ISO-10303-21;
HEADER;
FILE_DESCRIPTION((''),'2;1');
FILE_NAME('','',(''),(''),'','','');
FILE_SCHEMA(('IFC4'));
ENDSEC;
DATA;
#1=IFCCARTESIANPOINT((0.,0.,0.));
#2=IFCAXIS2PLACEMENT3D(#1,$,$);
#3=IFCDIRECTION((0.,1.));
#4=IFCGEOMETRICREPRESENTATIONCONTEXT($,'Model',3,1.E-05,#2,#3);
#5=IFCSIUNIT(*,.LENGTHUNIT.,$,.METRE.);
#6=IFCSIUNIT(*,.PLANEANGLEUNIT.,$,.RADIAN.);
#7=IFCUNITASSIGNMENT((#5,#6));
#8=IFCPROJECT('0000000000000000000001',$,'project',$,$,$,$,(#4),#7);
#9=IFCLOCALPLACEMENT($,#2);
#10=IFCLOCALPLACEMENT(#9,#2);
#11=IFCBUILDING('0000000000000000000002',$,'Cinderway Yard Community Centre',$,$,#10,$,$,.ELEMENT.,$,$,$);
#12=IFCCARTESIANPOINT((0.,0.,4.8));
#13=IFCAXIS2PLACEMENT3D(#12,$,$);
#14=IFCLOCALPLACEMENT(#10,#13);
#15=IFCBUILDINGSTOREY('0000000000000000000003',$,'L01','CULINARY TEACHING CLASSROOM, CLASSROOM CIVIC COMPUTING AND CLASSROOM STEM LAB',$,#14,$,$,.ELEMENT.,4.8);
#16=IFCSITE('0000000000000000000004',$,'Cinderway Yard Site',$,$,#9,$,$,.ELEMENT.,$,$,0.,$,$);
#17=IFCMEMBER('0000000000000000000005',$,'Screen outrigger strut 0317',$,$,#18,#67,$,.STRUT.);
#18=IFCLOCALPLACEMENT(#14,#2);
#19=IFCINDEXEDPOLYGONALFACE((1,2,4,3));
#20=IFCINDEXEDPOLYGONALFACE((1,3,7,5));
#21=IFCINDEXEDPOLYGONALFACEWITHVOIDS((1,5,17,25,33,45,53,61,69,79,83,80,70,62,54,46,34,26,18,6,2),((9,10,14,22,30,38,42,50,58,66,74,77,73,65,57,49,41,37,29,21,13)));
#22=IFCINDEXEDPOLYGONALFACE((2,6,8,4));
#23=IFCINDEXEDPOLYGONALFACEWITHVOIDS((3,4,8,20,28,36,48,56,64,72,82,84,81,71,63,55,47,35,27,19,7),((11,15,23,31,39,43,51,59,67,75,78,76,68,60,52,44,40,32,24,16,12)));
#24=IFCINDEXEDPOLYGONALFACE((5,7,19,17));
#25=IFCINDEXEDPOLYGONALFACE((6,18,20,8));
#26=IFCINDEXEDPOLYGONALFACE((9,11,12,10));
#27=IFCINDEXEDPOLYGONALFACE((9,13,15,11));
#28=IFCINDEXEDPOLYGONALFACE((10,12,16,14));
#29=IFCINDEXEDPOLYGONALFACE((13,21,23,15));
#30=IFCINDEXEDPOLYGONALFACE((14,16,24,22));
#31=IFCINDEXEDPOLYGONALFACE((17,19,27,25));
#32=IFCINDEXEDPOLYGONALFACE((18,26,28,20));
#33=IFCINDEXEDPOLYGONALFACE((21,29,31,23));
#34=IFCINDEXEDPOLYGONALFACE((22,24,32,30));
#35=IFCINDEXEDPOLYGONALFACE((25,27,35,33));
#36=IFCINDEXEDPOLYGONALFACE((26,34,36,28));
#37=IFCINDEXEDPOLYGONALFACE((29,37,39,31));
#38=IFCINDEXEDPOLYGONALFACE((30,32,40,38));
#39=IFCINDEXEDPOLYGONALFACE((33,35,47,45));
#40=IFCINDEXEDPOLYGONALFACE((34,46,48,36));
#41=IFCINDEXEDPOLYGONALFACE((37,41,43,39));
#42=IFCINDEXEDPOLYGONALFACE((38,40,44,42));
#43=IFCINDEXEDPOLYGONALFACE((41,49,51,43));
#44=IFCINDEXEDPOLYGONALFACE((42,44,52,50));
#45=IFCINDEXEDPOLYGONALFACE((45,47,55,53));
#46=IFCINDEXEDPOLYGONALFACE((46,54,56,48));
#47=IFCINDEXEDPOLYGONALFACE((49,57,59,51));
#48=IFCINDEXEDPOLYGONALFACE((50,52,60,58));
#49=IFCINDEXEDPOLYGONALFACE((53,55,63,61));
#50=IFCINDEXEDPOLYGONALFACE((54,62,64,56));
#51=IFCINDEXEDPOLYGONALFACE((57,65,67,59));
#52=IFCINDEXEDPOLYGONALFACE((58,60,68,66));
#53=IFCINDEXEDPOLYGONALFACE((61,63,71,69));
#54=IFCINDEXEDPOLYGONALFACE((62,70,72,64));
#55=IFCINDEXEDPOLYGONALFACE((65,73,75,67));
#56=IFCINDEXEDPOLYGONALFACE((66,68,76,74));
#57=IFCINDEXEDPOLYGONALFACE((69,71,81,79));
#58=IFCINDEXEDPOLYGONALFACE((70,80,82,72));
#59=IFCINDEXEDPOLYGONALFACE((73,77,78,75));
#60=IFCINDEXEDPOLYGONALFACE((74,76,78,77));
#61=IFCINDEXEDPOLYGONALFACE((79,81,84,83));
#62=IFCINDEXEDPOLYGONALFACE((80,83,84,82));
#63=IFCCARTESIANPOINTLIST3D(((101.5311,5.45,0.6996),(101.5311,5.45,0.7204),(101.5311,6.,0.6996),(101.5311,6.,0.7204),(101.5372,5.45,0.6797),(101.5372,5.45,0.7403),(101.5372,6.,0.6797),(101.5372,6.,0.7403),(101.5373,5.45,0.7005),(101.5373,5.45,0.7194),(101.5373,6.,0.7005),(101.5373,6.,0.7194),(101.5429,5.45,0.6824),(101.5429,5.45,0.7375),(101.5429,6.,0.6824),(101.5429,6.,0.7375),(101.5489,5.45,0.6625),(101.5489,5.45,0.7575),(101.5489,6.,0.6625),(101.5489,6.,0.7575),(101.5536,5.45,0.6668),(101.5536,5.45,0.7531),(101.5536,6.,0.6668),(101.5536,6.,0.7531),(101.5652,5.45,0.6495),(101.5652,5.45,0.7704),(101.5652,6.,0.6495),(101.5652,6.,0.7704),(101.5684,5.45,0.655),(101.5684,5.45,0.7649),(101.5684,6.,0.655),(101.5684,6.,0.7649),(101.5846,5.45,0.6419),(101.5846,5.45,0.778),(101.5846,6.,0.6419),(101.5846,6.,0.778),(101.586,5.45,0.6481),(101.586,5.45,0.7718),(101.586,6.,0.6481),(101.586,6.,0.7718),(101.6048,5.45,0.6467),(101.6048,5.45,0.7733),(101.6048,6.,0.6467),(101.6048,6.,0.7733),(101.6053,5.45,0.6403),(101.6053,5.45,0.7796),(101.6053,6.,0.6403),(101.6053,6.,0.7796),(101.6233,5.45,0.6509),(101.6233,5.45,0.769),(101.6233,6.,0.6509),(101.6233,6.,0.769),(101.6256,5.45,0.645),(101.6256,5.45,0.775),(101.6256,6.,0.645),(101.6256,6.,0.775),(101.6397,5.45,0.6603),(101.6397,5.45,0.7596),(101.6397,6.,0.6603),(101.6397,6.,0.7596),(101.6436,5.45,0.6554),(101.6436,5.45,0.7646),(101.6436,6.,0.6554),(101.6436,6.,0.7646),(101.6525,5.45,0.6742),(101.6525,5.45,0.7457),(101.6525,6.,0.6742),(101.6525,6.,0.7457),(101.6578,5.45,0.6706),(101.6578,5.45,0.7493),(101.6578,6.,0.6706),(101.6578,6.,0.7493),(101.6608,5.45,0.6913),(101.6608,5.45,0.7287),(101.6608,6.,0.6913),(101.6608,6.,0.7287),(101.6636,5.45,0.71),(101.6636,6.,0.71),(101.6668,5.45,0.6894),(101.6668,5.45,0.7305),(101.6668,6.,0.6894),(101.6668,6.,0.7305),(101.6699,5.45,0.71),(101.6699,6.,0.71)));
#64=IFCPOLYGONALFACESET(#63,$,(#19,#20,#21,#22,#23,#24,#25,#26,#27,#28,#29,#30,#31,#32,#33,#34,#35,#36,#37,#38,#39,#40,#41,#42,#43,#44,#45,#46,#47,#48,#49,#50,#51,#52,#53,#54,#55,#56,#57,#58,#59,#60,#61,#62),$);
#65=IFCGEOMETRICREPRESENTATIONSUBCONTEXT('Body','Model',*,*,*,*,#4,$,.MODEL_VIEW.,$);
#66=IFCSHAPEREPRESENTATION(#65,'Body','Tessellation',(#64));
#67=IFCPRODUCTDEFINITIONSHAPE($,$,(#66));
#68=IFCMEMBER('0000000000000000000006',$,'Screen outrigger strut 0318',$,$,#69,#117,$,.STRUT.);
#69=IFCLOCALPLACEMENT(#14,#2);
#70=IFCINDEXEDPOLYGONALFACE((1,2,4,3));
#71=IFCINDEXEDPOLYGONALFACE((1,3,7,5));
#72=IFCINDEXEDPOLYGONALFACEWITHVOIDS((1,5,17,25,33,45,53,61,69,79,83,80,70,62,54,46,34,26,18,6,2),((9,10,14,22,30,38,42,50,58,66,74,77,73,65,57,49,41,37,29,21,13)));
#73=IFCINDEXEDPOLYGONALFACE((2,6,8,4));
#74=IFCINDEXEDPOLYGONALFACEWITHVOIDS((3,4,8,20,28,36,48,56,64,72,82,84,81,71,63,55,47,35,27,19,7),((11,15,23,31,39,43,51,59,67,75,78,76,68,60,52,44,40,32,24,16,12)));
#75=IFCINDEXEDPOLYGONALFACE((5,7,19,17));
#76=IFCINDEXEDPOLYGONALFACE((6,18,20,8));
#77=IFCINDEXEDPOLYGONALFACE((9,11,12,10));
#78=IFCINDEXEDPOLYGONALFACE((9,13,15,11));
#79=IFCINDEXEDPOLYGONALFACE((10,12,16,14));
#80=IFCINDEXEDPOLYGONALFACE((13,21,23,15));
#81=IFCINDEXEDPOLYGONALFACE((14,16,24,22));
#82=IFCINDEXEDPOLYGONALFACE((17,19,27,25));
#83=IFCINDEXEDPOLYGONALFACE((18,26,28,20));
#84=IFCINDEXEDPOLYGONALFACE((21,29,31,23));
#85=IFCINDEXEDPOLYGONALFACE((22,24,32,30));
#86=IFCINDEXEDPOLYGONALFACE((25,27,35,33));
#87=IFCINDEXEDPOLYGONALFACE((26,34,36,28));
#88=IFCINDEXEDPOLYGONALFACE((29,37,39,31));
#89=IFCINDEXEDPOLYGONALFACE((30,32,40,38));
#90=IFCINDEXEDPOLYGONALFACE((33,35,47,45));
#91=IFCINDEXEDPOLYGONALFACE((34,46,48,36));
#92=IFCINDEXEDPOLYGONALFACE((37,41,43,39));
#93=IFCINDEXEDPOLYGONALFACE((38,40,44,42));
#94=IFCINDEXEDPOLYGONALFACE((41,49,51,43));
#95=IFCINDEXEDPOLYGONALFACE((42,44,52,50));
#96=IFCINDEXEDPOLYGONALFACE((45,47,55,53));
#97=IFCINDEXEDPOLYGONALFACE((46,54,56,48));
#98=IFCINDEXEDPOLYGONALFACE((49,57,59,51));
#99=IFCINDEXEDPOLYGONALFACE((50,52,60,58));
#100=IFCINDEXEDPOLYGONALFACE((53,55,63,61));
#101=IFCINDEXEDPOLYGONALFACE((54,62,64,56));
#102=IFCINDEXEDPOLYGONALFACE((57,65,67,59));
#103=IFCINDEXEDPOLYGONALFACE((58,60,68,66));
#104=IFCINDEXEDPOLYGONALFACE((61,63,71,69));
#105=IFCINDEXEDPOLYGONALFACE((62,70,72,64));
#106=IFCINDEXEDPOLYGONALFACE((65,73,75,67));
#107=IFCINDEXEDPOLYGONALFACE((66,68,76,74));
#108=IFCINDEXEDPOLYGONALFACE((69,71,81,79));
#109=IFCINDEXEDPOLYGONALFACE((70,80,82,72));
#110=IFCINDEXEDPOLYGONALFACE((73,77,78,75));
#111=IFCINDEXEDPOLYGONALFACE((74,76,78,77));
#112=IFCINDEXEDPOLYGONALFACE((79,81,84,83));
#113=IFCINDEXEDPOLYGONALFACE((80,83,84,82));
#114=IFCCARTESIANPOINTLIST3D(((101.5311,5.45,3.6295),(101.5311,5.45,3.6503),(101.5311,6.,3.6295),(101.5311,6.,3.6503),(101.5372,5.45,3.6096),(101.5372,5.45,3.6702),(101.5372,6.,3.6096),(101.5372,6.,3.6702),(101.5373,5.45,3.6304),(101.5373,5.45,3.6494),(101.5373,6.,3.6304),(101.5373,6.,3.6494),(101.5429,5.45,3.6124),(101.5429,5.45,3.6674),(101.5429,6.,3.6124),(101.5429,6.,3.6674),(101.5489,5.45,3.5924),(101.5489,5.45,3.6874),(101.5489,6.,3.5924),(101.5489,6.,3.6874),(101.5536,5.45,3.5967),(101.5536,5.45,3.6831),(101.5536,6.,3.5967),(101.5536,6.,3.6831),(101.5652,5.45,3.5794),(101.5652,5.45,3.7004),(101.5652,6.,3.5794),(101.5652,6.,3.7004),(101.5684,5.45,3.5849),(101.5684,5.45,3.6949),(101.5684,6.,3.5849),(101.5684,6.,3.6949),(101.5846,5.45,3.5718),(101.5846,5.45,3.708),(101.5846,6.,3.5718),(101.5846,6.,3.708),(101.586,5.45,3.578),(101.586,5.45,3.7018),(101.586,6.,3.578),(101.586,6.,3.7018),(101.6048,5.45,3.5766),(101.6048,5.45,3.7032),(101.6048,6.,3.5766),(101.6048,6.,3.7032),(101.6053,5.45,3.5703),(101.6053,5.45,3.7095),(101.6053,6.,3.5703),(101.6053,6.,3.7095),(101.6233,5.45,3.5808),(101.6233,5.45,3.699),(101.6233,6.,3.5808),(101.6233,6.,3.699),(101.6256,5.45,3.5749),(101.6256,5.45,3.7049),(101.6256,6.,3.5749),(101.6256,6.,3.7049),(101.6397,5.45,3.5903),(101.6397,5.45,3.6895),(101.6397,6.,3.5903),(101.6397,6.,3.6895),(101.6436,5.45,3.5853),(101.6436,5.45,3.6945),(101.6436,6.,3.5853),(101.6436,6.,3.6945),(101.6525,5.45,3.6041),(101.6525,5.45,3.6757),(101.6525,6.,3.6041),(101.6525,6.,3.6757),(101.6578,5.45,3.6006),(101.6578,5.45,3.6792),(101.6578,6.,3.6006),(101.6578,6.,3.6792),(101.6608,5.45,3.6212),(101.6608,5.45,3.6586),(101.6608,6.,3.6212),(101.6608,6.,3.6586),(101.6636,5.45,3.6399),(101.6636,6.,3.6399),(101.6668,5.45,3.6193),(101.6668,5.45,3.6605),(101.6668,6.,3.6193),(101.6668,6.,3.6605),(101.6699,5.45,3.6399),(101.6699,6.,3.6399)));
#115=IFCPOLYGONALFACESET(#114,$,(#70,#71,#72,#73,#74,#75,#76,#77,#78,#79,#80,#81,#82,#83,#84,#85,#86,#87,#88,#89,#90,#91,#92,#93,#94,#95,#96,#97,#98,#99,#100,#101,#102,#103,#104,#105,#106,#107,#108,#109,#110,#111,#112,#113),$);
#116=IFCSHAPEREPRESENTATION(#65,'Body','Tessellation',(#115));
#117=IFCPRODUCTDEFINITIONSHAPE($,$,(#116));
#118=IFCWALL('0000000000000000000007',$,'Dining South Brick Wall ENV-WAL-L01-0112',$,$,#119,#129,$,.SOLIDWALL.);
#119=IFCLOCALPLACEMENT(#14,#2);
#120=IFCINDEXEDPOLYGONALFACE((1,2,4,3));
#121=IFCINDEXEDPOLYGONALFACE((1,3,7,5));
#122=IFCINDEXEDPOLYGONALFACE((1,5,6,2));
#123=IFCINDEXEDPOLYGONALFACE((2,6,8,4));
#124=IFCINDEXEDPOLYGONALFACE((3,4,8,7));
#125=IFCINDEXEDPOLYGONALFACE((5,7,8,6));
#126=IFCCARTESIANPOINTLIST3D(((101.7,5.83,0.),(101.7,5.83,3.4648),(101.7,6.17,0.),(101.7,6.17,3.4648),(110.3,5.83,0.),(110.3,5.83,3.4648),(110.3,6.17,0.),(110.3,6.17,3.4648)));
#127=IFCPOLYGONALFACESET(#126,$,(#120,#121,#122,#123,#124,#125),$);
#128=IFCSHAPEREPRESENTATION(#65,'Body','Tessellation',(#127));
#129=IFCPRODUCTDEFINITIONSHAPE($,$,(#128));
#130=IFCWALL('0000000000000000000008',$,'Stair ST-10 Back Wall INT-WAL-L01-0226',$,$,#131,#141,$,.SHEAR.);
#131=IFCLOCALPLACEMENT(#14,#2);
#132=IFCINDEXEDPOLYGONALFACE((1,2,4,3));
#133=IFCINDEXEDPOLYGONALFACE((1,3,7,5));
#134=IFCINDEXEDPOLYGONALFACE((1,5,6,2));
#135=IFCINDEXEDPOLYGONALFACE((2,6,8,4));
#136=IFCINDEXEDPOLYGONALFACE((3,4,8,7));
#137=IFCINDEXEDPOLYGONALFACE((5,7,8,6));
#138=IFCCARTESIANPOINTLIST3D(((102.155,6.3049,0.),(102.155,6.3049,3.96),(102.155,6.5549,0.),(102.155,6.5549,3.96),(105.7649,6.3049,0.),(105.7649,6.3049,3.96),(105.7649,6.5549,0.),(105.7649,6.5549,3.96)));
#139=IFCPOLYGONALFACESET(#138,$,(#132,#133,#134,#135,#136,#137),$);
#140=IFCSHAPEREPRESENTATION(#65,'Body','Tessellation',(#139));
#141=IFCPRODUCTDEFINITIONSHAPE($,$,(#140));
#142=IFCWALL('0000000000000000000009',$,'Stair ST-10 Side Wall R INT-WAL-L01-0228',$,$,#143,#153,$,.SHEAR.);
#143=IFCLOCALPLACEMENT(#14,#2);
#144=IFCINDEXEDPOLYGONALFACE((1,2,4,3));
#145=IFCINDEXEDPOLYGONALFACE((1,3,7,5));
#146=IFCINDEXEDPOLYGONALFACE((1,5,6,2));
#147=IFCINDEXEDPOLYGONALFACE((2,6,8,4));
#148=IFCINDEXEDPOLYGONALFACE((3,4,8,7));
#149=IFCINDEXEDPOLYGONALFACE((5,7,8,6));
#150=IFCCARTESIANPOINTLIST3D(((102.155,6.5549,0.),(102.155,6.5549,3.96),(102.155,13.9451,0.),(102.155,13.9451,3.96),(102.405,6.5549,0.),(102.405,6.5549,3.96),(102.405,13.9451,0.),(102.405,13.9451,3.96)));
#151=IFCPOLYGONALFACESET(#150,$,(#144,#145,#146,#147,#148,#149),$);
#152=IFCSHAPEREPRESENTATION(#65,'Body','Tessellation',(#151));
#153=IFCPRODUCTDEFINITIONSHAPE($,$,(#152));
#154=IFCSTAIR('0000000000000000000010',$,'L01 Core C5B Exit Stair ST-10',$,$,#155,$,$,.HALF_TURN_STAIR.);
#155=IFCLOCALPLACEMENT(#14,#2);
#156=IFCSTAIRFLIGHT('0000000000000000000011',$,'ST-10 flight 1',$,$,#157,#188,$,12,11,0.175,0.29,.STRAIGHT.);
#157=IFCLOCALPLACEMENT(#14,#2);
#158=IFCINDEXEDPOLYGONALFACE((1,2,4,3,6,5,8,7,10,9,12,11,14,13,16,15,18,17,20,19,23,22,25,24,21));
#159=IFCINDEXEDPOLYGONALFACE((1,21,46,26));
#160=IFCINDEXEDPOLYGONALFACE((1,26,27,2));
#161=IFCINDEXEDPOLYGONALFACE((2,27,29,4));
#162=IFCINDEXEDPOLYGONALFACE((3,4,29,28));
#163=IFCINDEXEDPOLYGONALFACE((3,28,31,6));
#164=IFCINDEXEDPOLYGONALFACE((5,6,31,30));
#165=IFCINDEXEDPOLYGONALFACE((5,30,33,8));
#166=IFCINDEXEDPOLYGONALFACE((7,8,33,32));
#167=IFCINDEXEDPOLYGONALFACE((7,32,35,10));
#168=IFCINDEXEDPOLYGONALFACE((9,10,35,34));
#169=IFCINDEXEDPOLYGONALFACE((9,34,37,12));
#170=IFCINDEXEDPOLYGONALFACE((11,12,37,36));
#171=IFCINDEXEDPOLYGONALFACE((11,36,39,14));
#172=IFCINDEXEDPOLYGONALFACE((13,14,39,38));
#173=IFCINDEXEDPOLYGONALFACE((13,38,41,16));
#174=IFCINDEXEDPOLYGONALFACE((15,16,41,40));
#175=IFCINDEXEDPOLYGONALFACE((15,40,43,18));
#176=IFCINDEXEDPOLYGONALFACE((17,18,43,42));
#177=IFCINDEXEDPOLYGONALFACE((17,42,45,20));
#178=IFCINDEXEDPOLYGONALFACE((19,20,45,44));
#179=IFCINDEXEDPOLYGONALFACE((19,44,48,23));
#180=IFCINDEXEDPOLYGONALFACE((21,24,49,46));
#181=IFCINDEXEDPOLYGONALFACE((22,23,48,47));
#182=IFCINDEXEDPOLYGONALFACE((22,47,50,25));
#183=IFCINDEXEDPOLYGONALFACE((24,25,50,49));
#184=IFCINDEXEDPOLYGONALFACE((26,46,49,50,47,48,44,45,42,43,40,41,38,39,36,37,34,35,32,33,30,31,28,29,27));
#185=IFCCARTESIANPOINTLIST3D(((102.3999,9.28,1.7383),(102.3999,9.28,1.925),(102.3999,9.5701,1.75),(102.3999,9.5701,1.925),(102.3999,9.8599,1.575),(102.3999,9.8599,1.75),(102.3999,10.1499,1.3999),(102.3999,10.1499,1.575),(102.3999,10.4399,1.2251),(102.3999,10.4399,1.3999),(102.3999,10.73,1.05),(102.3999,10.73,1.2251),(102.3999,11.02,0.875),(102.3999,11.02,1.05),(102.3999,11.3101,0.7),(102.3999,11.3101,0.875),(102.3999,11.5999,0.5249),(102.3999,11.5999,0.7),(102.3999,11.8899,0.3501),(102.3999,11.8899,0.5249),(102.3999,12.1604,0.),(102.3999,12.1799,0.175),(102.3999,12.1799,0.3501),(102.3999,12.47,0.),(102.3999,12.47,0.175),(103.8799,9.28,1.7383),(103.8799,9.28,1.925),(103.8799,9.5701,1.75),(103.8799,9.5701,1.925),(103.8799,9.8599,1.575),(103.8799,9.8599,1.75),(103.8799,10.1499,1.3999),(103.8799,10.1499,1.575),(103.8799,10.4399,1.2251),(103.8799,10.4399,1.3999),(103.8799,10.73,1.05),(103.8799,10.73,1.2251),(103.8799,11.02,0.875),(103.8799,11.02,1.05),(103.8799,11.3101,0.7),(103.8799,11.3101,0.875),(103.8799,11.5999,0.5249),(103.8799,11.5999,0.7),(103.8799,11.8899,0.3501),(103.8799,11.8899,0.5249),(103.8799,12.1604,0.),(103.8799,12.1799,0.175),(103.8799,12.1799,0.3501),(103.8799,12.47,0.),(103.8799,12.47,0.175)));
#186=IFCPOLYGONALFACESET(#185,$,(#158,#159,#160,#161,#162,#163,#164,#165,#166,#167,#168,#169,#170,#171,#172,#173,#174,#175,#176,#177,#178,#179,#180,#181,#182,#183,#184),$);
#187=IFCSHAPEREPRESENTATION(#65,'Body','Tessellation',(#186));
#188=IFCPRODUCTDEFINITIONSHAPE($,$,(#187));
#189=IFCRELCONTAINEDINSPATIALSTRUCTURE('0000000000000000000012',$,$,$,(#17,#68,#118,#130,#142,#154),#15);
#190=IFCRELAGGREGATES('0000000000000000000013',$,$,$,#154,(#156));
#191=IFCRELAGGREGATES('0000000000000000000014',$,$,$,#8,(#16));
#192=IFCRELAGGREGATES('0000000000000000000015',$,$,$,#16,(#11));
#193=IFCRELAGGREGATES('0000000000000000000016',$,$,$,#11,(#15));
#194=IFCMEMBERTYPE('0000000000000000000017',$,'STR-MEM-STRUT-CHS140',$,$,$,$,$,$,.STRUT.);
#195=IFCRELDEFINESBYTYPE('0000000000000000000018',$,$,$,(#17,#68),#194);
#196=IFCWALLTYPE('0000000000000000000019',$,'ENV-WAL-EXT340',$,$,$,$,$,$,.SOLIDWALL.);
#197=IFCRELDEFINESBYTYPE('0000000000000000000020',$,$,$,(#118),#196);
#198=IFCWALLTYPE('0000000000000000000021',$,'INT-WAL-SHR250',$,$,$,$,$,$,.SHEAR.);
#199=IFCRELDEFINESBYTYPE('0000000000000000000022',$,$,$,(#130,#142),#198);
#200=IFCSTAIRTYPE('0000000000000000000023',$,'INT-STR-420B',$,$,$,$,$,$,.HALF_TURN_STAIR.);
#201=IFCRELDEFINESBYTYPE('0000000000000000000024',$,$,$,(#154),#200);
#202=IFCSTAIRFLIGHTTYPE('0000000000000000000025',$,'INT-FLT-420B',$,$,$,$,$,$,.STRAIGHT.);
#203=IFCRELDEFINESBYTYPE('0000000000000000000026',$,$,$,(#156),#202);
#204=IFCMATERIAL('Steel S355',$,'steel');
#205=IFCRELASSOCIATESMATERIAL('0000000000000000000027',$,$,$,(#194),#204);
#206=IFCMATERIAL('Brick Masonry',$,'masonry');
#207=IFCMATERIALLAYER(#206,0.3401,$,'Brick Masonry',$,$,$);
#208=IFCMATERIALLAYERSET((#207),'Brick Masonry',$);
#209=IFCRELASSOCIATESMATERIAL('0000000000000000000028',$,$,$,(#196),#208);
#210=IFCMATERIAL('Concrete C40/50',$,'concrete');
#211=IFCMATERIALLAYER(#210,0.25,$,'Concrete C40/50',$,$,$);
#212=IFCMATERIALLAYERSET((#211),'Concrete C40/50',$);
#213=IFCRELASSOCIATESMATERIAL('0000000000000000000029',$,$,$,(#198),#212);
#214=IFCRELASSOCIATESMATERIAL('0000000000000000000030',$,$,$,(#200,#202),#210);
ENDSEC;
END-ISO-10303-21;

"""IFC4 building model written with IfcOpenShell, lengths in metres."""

from ifc_helpers import new_model, si_unit, direction, frame, frame_2d, origin, origin_2d, place, context, subcontext, project, spatial, polyline, rectangle, hollow_circle, outline, extrude, material, layer, layer_set, material_profile, profile_set, type_object, element, aggregate, save


model = new_model("IFC4")

# Units and contexts
model_context = context("Model", 3, precision=1e-05, world=origin(), true_north=direction((0.0, 1.0)))
body_context = subcontext(model_context, "Body", "Model", "MODEL_VIEW")
ifc_project = project(units=[si_unit("LENGTHUNIT", "METRE"), si_unit("PLANEANGLEUNIT", "RADIAN")], contexts=[model_context])

# Site, building, storey
site_placement = place(None, origin())
site = spatial("IfcSite", under=ifc_project, at=site_placement, Name="Cinderway Yard Site", CompositionType="ELEMENT", RefElevation=0.0)
building_placement = place(site_placement, origin())
building = spatial("IfcBuilding", under=site, at=building_placement, Name="Cinderway Yard Community Centre", CompositionType="ELEMENT")
storey_placement = place(building_placement, frame((0.0, 0.0, 4.8)))
storey = spatial("IfcBuildingStorey", under=building, at=storey_placement, Name="L01", Description="CULINARY TEACHING CLASSROOM, CLASSROOM CIVIC COMPUTING AND CLASSROOM STEM LAB", CompositionType="ELEMENT", Elevation=4.8)

# Shared definitions
ifc_material_1 = material(Name="Concrete C40/50", Category="concrete")

# Shared definitions
ifc_material_2 = material(Name="Steel S355", Category="steel")

# Members
ifc_material_profile_1 = material_profile(ifc_material_2, hollow_circle(Radius=0.0698, WallThickness=0.0063, at=origin_2d()), Name="Steel S355")
ifc_profile_set_1 = profile_set([ifc_material_profile_1], Name="Steel S355")
member_type_1 = type_object("IfcMemberType", Name="STR-MEM-STRUT-CHS140", PredefinedType="STRUT", material=ifc_profile_set_1)
for number, where, z_axis, x_axis, name in (
    (1, (101.6001, 6.0, 0.71), (0.0, -1.0, 0.0), (1.0, 0.0, 0.0), "Screen outrigger strut 0317"),
    (2, (101.6001, 6.0, 3.6399), (0.0, -1.0, 0.0), (1.0, 0.0, 0.0), "Screen outrigger strut 0318"),
):
    element("IfcMember", number, at=place(storey_placement, frame(where, z_axis=z_axis, x_axis=x_axis)), inside=storey, type_object=member_type_1, Name=name, PredefinedType="STRUT", context=body_context, shape_type="SweptSolid", body=[
        extrude(hollow_circle(Radius=0.0698, WallThickness=0.0063, at=origin_2d()), origin(), (0.0, 0.0, 1.0), 0.55),
    ])

# Walls
ifc_material_3 = material(Name="Brick Masonry", Category="masonry")
ifc_layer_1 = layer(ifc_material_3, 0.3401, Name="Brick Masonry")
ifc_layer_set_1 = layer_set([ifc_layer_1], Name="Brick Masonry")
wall_type_1 = type_object("IfcWallType", Name="ENV-WAL-EXT340", PredefinedType="SOLIDWALL", material=ifc_layer_set_1)
wall_1_placement = place(storey_placement, frame((101.7, 6.0, 0.0), z_axis=(0.0, 0.0, 1.0), x_axis=(1.0, 0.0, 0.0)))
element("IfcWall", 3, at=wall_1_placement, inside=storey, type_object=wall_type_1, Name="Dining South Brick Wall ENV-WAL-L01-0112", PredefinedType="SOLIDWALL", context=body_context, shape_type="SweptSolid", body=[
    extrude(rectangle(XDim=8.6001, YDim=0.3401, at=frame_2d((4.3, 0.0))), origin(), (0.0, 0.0, 1.0), 3.4648),
])
ifc_layer_2 = layer(ifc_material_1, 0.25, Name="Concrete C40/50")
ifc_layer_set_2 = layer_set([ifc_layer_2], Name="Concrete C40/50")
wall_type_2 = type_object("IfcWallType", Name="INT-WAL-SHR250", PredefinedType="SHEAR", material=ifc_layer_set_2)
wall_2_placement = place(storey_placement, frame((105.7649, 6.4299, 0.0), z_axis=(0.0, 0.0, 1.0), x_axis=(-1.0, 0.0, 0.0)))
element("IfcWall", 4, at=wall_2_placement, inside=storey, type_object=wall_type_2, Name="Stair ST-10 Back Wall INT-WAL-L01-0226", PredefinedType="SHEAR", context=body_context, shape_type="SweptSolid", body=[
    extrude(rectangle(XDim=3.6099, YDim=0.25, at=frame_2d((1.8049, 0.0))), origin(), (0.0, 0.0, 1.0), 3.96),
])
wall_3_placement = place(storey_placement, frame((102.28, 6.5549, 0.0), z_axis=(0.0, 0.0, 1.0), x_axis=(0.0, 1.0, 0.0)))
element("IfcWall", 5, at=wall_3_placement, inside=storey, type_object=wall_type_2, Name="Stair ST-10 Side Wall R INT-WAL-L01-0228", PredefinedType="SHEAR", context=body_context, shape_type="SweptSolid", body=[
    extrude(rectangle(XDim=7.3901, YDim=0.25, at=frame_2d((3.6951, 0.0))), origin(), (0.0, 0.0, 1.0), 3.96),
])

# Stair, stair flight
stair_type = type_object("IfcStairType", Name="INT-STR-420B", PredefinedType="HALF_TURN_STAIR", material=ifc_material_1)
stair_placement = place(storey_placement, origin())
stair = element("IfcStair", 6, at=stair_placement, inside=storey, type_object=stair_type, Name="L01 Core C5B Exit Stair ST-10", PredefinedType="HALF_TURN_STAIR")
stair_flight_type = type_object("IfcStairFlightType", Name="INT-FLT-420B", PredefinedType="STRAIGHT", material=ifc_material_1)
stair_flight_1_placement = place(storey_placement, frame((103.1399, 12.47, 0.0), z_axis=(0.0, 0.0, 1.0), x_axis=(0.0, -1.0, 0.0)))
stair_flight_1 = element("IfcStairFlight", 7, at=stair_flight_1_placement, type_object=stair_flight_type, Name="ST-10 flight 1", NumberOfRisers=12, NumberOfTreads=11, PredefinedType="STRAIGHT", RiserHeight=0.175, TreadLength=0.29, context=body_context, shape_type="SweptSolid", body=[
    extrude(outline(polyline([(0.0, 0.0), (0.0, 0.175), (0.29, 0.175), (0.29, 0.3501), (0.5801, 0.3501), (0.5801, 0.5249), (0.8701, 0.5249), (0.8701, 0.7), (1.1599, 0.7), (1.1599, 0.875), (1.45, 0.875), (1.45, 1.05), (1.74, 1.05), (1.74, 1.2251), (2.03, 1.2251), (2.03, 1.3999), (2.3201, 1.3999), (2.3201, 1.575), (2.6101, 1.575), (2.6101, 1.75), (2.8999, 1.75), (2.8999, 1.925), (3.1899, 1.925), (3.1899, 2.1001), (3.1899, 1.7383), (0.3096, 0.0), (0.0, 0.0)])), frame((0.0, 0.74, 0.0), z_axis=(0.0, -1.0, 0.0), x_axis=(1.0, 0.0, 0.0)), (0.0, 0.0, 1.0), 1.48),
])
aggregate(stair, [stair_flight_1])

save(model, "model.ifc")
